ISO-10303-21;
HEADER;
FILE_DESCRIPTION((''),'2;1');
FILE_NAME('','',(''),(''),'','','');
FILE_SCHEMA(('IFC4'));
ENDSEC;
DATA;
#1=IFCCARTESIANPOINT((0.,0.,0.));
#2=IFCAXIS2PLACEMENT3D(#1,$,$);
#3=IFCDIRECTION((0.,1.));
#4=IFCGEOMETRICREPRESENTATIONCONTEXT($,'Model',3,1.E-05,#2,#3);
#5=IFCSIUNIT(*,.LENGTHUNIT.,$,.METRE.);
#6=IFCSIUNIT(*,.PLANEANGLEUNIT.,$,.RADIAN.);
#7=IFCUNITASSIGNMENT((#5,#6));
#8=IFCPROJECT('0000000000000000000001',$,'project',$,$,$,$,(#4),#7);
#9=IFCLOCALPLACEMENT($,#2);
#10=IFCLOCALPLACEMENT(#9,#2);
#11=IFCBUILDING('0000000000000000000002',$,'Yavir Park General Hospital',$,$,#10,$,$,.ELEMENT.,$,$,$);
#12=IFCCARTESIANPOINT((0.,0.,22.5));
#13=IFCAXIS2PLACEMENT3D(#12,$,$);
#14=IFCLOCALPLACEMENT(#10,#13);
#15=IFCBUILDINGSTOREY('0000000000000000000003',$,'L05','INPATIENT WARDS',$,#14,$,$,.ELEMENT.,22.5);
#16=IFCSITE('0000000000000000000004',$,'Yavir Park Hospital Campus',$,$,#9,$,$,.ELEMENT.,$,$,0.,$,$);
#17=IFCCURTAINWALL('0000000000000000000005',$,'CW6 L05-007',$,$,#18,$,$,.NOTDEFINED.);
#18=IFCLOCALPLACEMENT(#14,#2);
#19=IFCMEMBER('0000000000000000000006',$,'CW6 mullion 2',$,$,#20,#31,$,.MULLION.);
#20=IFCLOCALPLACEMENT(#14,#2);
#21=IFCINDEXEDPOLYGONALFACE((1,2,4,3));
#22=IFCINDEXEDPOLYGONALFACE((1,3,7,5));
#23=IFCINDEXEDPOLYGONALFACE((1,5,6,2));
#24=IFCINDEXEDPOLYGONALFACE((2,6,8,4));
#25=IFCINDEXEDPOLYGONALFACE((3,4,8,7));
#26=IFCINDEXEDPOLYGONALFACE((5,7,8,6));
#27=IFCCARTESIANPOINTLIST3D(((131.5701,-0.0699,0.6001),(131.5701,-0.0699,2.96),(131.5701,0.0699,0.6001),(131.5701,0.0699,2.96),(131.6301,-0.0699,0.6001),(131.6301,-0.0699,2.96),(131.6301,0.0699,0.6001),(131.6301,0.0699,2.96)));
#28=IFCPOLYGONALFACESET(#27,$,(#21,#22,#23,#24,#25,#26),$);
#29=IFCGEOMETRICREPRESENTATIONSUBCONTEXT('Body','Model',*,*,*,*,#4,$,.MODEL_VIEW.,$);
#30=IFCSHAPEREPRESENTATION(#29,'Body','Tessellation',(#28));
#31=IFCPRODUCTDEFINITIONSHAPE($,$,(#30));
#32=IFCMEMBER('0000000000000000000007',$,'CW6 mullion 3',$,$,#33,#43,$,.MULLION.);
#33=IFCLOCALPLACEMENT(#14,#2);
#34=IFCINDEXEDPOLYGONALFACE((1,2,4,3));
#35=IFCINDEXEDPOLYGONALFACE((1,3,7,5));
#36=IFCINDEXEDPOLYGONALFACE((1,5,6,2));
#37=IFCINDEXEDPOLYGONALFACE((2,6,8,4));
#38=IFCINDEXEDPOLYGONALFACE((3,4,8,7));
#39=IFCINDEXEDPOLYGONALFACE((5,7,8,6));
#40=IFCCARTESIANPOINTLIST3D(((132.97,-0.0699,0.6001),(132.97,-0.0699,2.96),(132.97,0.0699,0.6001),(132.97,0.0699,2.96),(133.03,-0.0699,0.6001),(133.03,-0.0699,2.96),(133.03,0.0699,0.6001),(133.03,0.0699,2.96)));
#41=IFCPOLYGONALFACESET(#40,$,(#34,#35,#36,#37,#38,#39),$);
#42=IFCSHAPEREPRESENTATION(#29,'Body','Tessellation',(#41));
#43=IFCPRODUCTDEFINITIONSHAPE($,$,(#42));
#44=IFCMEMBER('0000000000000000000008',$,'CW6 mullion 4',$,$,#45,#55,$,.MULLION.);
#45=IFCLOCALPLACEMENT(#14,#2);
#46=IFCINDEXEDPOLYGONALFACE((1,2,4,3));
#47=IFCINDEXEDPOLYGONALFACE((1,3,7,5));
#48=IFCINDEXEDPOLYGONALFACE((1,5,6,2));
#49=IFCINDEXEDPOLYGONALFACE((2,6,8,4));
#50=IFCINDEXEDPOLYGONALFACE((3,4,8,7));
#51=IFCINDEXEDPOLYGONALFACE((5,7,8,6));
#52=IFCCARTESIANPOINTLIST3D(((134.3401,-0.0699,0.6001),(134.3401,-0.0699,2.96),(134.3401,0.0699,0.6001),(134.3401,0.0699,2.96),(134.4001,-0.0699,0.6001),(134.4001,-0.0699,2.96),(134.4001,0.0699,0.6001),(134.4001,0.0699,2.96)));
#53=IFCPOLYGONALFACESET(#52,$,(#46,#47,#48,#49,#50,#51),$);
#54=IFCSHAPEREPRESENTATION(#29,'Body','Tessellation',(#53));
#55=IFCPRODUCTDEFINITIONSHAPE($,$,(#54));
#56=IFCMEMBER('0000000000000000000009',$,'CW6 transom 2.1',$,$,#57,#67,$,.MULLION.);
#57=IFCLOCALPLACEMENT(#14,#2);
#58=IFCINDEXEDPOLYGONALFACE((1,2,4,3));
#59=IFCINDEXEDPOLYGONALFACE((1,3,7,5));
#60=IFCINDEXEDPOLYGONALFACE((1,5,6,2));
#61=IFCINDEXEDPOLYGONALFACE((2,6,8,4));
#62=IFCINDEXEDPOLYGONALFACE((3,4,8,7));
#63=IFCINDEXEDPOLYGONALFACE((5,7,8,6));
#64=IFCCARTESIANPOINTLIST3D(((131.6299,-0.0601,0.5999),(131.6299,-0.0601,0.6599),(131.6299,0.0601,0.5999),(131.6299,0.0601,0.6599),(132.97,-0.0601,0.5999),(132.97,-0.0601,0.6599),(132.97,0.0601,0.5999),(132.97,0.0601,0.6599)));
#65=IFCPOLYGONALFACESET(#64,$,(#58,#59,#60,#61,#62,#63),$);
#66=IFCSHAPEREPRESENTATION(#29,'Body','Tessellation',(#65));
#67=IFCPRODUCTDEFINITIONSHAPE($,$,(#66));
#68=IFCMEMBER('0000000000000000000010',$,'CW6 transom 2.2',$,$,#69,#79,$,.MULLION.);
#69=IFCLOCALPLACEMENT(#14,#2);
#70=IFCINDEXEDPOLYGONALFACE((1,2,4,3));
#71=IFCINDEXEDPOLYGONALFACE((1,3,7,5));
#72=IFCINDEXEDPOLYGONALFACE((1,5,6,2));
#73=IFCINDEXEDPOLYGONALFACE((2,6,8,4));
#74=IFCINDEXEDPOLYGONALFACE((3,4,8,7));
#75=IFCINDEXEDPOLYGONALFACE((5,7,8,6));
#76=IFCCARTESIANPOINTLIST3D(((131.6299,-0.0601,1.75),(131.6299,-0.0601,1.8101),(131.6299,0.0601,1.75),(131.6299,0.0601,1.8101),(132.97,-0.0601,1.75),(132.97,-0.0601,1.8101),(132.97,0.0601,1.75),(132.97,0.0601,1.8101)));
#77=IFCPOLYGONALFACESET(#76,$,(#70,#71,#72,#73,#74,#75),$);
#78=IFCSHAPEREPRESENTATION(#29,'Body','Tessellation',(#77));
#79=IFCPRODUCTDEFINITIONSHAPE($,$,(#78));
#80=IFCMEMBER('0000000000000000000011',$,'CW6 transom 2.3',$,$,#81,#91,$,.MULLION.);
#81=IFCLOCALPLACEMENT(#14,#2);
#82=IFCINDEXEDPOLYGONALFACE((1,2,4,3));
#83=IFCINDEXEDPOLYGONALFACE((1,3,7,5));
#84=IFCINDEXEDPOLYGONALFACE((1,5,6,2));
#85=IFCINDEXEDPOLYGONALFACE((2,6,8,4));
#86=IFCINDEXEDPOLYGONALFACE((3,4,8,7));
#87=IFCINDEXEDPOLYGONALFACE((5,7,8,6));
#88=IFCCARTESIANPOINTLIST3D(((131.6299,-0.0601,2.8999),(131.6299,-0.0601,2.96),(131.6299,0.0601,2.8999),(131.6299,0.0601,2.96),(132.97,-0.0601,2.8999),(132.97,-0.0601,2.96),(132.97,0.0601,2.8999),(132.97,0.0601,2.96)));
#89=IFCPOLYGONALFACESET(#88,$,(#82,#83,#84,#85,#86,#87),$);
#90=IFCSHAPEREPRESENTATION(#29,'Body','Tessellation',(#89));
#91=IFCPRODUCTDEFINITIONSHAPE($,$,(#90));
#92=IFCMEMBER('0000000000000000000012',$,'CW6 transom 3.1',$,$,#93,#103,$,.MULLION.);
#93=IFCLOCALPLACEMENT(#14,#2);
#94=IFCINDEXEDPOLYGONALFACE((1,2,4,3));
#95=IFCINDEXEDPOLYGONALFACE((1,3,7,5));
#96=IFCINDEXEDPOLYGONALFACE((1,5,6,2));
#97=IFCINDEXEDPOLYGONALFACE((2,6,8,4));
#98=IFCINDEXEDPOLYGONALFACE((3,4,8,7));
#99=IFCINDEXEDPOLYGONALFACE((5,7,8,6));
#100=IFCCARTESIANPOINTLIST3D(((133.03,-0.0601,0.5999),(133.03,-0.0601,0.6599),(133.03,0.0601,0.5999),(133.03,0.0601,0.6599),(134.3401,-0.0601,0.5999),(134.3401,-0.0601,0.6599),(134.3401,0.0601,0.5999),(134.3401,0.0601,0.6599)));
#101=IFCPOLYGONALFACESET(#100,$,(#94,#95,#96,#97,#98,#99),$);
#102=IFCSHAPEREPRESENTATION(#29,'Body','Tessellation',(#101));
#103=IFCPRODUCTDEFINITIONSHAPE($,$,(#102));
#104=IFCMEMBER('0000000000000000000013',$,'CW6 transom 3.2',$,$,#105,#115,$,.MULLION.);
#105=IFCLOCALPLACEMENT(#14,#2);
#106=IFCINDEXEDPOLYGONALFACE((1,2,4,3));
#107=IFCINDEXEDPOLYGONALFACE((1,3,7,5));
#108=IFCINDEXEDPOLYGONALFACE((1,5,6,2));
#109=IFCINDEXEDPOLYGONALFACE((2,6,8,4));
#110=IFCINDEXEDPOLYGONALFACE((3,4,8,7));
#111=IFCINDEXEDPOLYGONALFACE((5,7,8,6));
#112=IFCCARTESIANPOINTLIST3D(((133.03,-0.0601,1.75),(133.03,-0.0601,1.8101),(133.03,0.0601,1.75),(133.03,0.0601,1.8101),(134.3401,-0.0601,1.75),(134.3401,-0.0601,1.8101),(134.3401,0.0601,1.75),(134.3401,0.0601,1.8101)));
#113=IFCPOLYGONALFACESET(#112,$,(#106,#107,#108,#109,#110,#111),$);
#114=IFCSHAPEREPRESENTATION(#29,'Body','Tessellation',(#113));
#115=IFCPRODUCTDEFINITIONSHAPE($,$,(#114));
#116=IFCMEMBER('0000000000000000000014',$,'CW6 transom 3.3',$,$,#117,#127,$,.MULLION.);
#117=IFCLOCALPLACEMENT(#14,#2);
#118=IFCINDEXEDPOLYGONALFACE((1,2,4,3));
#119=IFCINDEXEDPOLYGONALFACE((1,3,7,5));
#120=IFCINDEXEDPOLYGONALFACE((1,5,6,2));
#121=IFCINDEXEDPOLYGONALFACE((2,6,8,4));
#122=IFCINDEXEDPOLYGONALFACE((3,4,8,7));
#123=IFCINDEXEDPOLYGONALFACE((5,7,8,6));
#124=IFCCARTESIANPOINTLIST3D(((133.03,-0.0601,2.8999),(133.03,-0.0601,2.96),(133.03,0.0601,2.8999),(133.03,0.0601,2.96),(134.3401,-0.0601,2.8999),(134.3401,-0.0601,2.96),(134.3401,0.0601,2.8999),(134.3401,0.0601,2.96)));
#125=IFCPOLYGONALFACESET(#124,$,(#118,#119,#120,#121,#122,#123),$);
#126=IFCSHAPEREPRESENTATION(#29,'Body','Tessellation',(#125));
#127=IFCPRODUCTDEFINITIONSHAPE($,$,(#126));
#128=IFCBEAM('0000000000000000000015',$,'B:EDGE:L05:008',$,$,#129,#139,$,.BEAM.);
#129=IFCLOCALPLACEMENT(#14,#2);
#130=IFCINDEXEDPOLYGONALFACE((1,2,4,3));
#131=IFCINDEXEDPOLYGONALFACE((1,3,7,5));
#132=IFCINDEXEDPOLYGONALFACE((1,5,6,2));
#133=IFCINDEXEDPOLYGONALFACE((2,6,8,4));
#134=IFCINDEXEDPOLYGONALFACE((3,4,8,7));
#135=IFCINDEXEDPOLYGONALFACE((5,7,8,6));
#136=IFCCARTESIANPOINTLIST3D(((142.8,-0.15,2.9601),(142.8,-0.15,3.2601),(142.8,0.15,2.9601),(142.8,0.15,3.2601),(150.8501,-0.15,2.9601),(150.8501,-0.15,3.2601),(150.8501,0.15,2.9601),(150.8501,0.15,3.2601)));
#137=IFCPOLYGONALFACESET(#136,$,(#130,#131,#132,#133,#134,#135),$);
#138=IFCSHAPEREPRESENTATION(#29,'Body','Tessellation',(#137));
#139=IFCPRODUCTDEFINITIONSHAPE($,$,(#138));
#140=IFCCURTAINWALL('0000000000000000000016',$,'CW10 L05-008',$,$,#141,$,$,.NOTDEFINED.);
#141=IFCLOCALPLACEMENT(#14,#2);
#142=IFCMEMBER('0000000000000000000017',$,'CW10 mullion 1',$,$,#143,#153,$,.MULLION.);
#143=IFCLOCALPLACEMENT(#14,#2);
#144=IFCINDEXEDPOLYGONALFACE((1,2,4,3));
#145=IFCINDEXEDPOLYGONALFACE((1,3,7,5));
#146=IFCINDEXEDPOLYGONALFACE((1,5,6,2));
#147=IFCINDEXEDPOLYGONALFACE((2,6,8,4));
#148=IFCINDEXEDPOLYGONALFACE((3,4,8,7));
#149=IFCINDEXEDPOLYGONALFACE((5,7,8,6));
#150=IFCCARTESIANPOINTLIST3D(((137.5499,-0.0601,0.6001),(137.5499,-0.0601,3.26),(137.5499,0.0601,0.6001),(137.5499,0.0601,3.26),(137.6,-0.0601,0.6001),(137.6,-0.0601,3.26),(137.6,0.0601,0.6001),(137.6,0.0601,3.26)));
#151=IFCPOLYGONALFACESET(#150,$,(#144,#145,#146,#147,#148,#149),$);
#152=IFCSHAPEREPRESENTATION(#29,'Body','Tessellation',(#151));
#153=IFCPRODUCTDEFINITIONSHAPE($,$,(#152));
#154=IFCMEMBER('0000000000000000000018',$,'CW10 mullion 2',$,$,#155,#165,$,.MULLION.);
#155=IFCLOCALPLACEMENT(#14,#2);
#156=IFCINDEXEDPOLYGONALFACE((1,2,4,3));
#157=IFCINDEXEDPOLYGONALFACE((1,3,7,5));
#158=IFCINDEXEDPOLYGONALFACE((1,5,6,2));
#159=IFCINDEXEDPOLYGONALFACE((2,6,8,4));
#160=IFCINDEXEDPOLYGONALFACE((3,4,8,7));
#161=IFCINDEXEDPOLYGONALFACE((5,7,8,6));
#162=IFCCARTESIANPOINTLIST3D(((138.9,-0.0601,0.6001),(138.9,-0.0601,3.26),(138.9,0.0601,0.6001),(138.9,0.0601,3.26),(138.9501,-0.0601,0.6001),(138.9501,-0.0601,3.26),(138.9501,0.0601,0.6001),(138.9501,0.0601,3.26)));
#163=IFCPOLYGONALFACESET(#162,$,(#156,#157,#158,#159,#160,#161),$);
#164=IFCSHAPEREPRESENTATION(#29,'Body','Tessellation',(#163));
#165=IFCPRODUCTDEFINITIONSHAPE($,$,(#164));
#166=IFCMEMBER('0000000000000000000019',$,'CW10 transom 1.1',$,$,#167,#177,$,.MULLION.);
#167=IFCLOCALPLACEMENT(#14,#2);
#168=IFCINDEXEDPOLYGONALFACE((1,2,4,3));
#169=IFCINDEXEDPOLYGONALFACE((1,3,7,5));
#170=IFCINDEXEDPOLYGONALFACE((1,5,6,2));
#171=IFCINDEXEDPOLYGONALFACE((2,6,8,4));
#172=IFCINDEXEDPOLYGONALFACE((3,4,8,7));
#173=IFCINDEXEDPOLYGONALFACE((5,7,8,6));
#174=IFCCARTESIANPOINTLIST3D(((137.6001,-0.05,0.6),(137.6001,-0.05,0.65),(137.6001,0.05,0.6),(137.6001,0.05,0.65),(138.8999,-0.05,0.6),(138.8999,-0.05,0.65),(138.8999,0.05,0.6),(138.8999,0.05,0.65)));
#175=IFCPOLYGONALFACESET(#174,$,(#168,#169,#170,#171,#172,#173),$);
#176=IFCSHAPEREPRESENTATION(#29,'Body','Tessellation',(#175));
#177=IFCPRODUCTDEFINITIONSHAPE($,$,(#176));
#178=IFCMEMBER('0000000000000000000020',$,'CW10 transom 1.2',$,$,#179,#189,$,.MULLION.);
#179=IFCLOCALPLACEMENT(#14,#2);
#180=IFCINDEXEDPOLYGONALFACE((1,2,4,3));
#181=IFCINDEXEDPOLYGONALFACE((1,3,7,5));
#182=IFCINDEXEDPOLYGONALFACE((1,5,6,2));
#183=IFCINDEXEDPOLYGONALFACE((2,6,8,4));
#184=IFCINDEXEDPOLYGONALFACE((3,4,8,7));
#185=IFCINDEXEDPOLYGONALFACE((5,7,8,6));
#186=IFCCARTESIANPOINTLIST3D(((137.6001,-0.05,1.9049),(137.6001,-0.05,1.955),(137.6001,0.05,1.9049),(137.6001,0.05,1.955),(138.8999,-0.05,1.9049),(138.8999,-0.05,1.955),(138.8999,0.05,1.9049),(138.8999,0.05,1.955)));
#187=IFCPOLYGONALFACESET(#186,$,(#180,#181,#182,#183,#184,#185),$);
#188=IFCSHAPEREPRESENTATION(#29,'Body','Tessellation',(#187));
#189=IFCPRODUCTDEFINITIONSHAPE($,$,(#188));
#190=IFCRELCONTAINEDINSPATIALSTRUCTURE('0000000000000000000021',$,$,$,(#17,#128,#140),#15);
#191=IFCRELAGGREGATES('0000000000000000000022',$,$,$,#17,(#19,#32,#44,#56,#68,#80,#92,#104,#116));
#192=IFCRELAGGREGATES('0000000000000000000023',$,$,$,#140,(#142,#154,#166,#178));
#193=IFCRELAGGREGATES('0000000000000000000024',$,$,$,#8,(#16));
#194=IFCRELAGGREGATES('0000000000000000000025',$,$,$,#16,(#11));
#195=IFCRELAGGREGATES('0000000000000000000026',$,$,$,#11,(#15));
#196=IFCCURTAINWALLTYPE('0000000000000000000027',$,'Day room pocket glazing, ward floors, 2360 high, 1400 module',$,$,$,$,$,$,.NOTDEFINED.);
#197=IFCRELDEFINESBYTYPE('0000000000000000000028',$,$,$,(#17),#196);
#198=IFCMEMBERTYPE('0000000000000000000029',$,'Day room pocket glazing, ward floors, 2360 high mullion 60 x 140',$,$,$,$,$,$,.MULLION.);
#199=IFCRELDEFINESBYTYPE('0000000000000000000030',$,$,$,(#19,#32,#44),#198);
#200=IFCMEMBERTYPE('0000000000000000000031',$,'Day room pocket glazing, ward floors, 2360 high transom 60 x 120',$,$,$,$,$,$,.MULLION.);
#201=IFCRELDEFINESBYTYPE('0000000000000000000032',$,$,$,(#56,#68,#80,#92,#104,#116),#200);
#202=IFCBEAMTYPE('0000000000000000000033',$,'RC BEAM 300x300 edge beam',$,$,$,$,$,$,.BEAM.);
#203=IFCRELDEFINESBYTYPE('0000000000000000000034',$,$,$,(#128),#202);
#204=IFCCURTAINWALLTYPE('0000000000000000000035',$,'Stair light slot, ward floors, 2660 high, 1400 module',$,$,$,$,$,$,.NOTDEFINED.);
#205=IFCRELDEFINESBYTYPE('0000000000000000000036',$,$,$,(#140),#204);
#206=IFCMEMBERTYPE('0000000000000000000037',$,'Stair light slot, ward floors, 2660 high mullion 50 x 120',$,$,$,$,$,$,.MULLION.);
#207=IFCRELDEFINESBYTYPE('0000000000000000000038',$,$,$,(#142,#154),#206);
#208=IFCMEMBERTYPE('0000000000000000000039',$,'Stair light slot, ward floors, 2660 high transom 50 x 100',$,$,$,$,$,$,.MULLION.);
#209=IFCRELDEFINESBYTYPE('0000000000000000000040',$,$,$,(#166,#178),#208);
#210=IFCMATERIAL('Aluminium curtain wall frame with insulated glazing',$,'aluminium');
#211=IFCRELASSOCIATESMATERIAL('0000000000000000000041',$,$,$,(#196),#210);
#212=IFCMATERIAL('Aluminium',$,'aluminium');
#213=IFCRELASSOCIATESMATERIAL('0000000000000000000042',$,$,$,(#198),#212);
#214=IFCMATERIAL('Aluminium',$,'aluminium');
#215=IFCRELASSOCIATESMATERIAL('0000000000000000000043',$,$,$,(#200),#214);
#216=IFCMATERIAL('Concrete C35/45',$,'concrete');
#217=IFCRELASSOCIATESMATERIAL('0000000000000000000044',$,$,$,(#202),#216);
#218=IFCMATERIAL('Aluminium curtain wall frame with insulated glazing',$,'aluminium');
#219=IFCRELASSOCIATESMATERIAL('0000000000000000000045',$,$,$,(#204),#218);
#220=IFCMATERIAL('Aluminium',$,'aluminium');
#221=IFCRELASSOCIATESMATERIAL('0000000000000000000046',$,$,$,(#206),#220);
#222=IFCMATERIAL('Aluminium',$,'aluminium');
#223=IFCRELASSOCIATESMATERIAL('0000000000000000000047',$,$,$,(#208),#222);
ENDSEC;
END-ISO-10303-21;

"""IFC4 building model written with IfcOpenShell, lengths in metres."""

from ifc_helpers import new_model, si_unit, direction, frame, origin, origin_2d, place, context, subcontext, project, spatial, rectangle, extrude, material, material_profile, profile_set, type_object, element, aggregate, save


model = new_model("IFC4")

# Units and contexts
model_context = context("Model", 3, precision=1e-05, world=origin(), true_north=direction((0.0, 1.0)))
body_context = subcontext(model_context, "Body", "Model", "MODEL_VIEW")
ifc_project = project(units=[si_unit("LENGTHUNIT", "METRE"), si_unit("PLANEANGLEUNIT", "RADIAN")], contexts=[model_context])

# Site, building, storey
site_placement = place(None, origin())
site = spatial("IfcSite", under=ifc_project, at=site_placement, Name="Yavir Park Hospital Campus", CompositionType="ELEMENT", RefElevation=0.0)
building_placement = place(site_placement, origin())
building = spatial("IfcBuilding", under=site, at=building_placement, Name="Yavir Park General Hospital", CompositionType="ELEMENT")
storey_placement = place(building_placement, frame((0.0, 0.0, 22.5)))
storey = spatial("IfcBuildingStorey", under=building, at=storey_placement, Name="L05", Description="INPATIENT WARDS", CompositionType="ELEMENT", Elevation=22.5)

# Curtain wall, members
ifc_material_1 = material(Name="Aluminium curtain wall frame with insulated glazing", Category="aluminium")
curtain_wall_type_1 = type_object("IfcCurtainWallType", Name="Day room pocket glazing, ward floors, 2360 high, 1400 module", PredefinedType="NOTDEFINED", material=ifc_material_1)
curtain_wall_1_placement = place(storey_placement, origin())
curtain_wall_1 = element("IfcCurtainWall", 1, at=curtain_wall_1_placement, inside=storey, type_object=curtain_wall_type_1, Name="CW6 L05-007", PredefinedType="NOTDEFINED")
ifc_material_2 = material(Name="Aluminium", Category="aluminium")
ifc_material_profile_1 = material_profile(ifc_material_2, rectangle(XDim=0.1399, YDim=0.0601, at=origin_2d()), Name="AL 60x140")
ifc_profile_set_1 = profile_set([ifc_material_profile_1], Name="Aluminium")
member_type_1 = type_object("IfcMemberType", Name="Day room pocket glazing, ward floors, 2360 high mullion 60 x 140", PredefinedType="MULLION", material=ifc_profile_set_1)
member_1_placement = place(storey_placement, frame((131.6001, 0.0, 0.6001), z_axis=(0.0, 0.0, 1.0), x_axis=(0.0, 1.0, 0.0)))
member_1 = element("IfcMember", 2, at=member_1_placement, type_object=member_type_1, Name="CW6 mullion 2", PredefinedType="MULLION", context=body_context, shape_type="SweptSolid", body=[
    extrude(rectangle(XDim=0.1399, YDim=0.0601, at=origin_2d()), origin(), (0.0, 0.0, 1.0), 2.3599),
])
member_2_placement = place(storey_placement, frame((133.0, 0.0, 0.6001), z_axis=(0.0, 0.0, 1.0), x_axis=(0.0, 1.0, 0.0)))
member_2 = element("IfcMember", 3, at=member_2_placement, type_object=member_type_1, Name="CW6 mullion 3", PredefinedType="MULLION", context=body_context, shape_type="SweptSolid", body=[
    extrude(rectangle(XDim=0.1399, YDim=0.0601, at=origin_2d()), origin(), (0.0, 0.0, 1.0), 2.3599),
])
member_3_placement = place(storey_placement, frame((134.3701, 0.0, 0.6001), z_axis=(0.0, 0.0, 1.0), x_axis=(0.0, 1.0, 0.0)))
member_3 = element("IfcMember", 4, at=member_3_placement, type_object=member_type_1, Name="CW6 mullion 4", PredefinedType="MULLION", context=body_context, shape_type="SweptSolid", body=[
    extrude(rectangle(XDim=0.1399, YDim=0.0601, at=origin_2d()), origin(), (0.0, 0.0, 1.0), 2.3599),
])
ifc_material_3 = material(Name="Aluminium", Category="aluminium")
ifc_material_profile_2 = material_profile(ifc_material_3, rectangle(XDim=0.1201, YDim=0.0601, at=origin_2d()), Name="AL 120x60")
ifc_profile_set_2 = profile_set([ifc_material_profile_2], Name="Aluminium")
member_type_2 = type_object("IfcMemberType", Name="Day room pocket glazing, ward floors, 2360 high transom 60 x 120", PredefinedType="MULLION", material=ifc_profile_set_2)
member_4_placement = place(storey_placement, frame((131.6299, 0.0, 0.6299), z_axis=(1.0, 0.0, 0.0), x_axis=(0.0, 1.0, 0.0)))
member_4 = element("IfcMember", 5, at=member_4_placement, type_object=member_type_2, Name="CW6 transom 2.1", PredefinedType="MULLION", context=body_context, shape_type="SweptSolid", body=[
    extrude(rectangle(XDim=0.1201, YDim=0.0601, at=origin_2d()), origin(), (0.0, 0.0, 1.0), 1.3401),
])
member_5_placement = place(storey_placement, frame((131.6299, 0.0, 1.78), z_axis=(1.0, 0.0, 0.0), x_axis=(0.0, 1.0, 0.0)))
member_5 = element("IfcMember", 6, at=member_5_placement, type_object=member_type_2, Name="CW6 transom 2.2", PredefinedType="MULLION", context=body_context, shape_type="SweptSolid", body=[
    extrude(rectangle(XDim=0.1201, YDim=0.0601, at=origin_2d()), origin(), (0.0, 0.0, 1.0), 1.3401),
])
member_6_placement = place(storey_placement, frame((131.6299, 0.0, 2.9299), z_axis=(1.0, 0.0, 0.0), x_axis=(0.0, 1.0, 0.0)))
member_6 = element("IfcMember", 7, at=member_6_placement, type_object=member_type_2, Name="CW6 transom 2.3", PredefinedType="MULLION", context=body_context, shape_type="SweptSolid", body=[
    extrude(rectangle(XDim=0.1201, YDim=0.0601, at=origin_2d()), origin(), (0.0, 0.0, 1.0), 1.3401),
])
member_7_placement = place(storey_placement, frame((133.03, 0.0, 0.6299), z_axis=(1.0, 0.0, 0.0), x_axis=(0.0, 1.0, 0.0)))
member_7 = element("IfcMember", 8, at=member_7_placement, type_object=member_type_2, Name="CW6 transom 3.1", PredefinedType="MULLION", context=body_context, shape_type="SweptSolid", body=[
    extrude(rectangle(XDim=0.1201, YDim=0.0601, at=origin_2d()), origin(), (0.0, 0.0, 1.0), 1.3101),
])
member_8_placement = place(storey_placement, frame((133.03, 0.0, 1.78), z_axis=(1.0, 0.0, 0.0), x_axis=(0.0, 1.0, 0.0)))
member_8 = element("IfcMember", 9, at=member_8_placement, type_object=member_type_2, Name="CW6 transom 3.2", PredefinedType="MULLION", context=body_context, shape_type="SweptSolid", body=[
    extrude(rectangle(XDim=0.1201, YDim=0.0601, at=origin_2d()), origin(), (0.0, 0.0, 1.0), 1.3101),
])
member_9_placement = place(storey_placement, frame((133.03, 0.0, 2.9299), z_axis=(1.0, 0.0, 0.0), x_axis=(0.0, 1.0, 0.0)))
member_9 = element("IfcMember", 10, at=member_9_placement, type_object=member_type_2, Name="CW6 transom 3.3", PredefinedType="MULLION", context=body_context, shape_type="SweptSolid", body=[
    extrude(rectangle(XDim=0.1201, YDim=0.0601, at=origin_2d()), origin(), (0.0, 0.0, 1.0), 1.3101),
])

# Beam
ifc_material_4 = material(Name="Concrete C35/45", Category="concrete")
ifc_material_profile_3 = material_profile(ifc_material_4, rectangle(XDim=0.3, YDim=0.3, at=origin_2d()), Name="RC300x300")
ifc_profile_set_3 = profile_set([ifc_material_profile_3], Name="Concrete C35/45")
beam_type = type_object("IfcBeamType", Name="RC BEAM 300x300 edge beam", PredefinedType="BEAM", material=ifc_profile_set_3)
beam_placement = place(storey_placement, frame((142.8, 0.0, 3.1101), z_axis=(1.0, 0.0, 0.0), x_axis=(0.0, 1.0, 0.0)))
element("IfcBeam", 11, at=beam_placement, inside=storey, type_object=beam_type, Name="B:EDGE:L05:008", PredefinedType="BEAM", context=body_context, shape_type="SweptSolid", body=[
    extrude(rectangle(XDim=0.3, YDim=0.3, at=origin_2d()), origin(), (0.0, 0.0, 1.0), 8.05),
])

# Curtain wall, members
ifc_material_5 = material(Name="Aluminium curtain wall frame with insulated glazing", Category="aluminium")
curtain_wall_type_2 = type_object("IfcCurtainWallType", Name="Stair light slot, ward floors, 2660 high, 1400 module", PredefinedType="NOTDEFINED", material=ifc_material_5)
curtain_wall_2_placement = place(storey_placement, origin())
curtain_wall_2 = element("IfcCurtainWall", 12, at=curtain_wall_2_placement, inside=storey, type_object=curtain_wall_type_2, Name="CW10 L05-008", PredefinedType="NOTDEFINED")
ifc_material_6 = material(Name="Aluminium", Category="aluminium")
ifc_material_profile_4 = material_profile(ifc_material_6, rectangle(XDim=0.1201, YDim=0.05, at=origin_2d()), Name="AL 50x120")
ifc_profile_set_4 = profile_set([ifc_material_profile_4], Name="Aluminium")
member_type_3 = type_object("IfcMemberType", Name="Stair light slot, ward floors, 2660 high mullion 50 x 120", PredefinedType="MULLION", material=ifc_profile_set_4)
member_10_placement = place(storey_placement, frame((137.575, 0.0, 0.6001), z_axis=(0.0, 0.0, 1.0), x_axis=(0.0, 1.0, 0.0)))
member_10 = element("IfcMember", 13, at=member_10_placement, type_object=member_type_3, Name="CW10 mullion 1", PredefinedType="MULLION", context=body_context, shape_type="SweptSolid", body=[
    extrude(rectangle(XDim=0.1201, YDim=0.05, at=origin_2d()), origin(), (0.0, 0.0, 1.0), 2.6599),
])
member_11_placement = place(storey_placement, frame((138.925, 0.0, 0.6001), z_axis=(0.0, 0.0, 1.0), x_axis=(0.0, 1.0, 0.0)))
member_11 = element("IfcMember", 14, at=member_11_placement, type_object=member_type_3, Name="CW10 mullion 2", PredefinedType="MULLION", context=body_context, shape_type="SweptSolid", body=[
    extrude(rectangle(XDim=0.1201, YDim=0.05, at=origin_2d()), origin(), (0.0, 0.0, 1.0), 2.6599),
])
ifc_material_7 = material(Name="Aluminium", Category="aluminium")
ifc_material_profile_5 = material_profile(ifc_material_7, rectangle(XDim=0.1001, YDim=0.05, at=origin_2d()), Name="AL 100x50")
ifc_profile_set_5 = profile_set([ifc_material_profile_5], Name="Aluminium")
member_type_4 = type_object("IfcMemberType", Name="Stair light slot, ward floors, 2660 high transom 50 x 100", PredefinedType="MULLION", material=ifc_profile_set_5)
member_12_placement = place(storey_placement, frame((137.6001, 0.0, 0.625), z_axis=(1.0, 0.0, 0.0), x_axis=(0.0, 1.0, 0.0)))
member_12 = element("IfcMember", 15, at=member_12_placement, type_object=member_type_4, Name="CW10 transom 1.1", PredefinedType="MULLION", context=body_context, shape_type="SweptSolid", body=[
    extrude(rectangle(XDim=0.1001, YDim=0.05, at=origin_2d()), origin(), (0.0, 0.0, 1.0), 1.2998),
])
member_13_placement = place(storey_placement, frame((137.6001, 0.0, 1.9299), z_axis=(1.0, 0.0, 0.0), x_axis=(0.0, 1.0, 0.0)))
member_13 = element("IfcMember", 16, at=member_13_placement, type_object=member_type_4, Name="CW10 transom 1.2", PredefinedType="MULLION", context=body_context, shape_type="SweptSolid", body=[
    extrude(rectangle(XDim=0.1001, YDim=0.05, at=origin_2d()), origin(), (0.0, 0.0, 1.0), 1.2998),
])

aggregate(curtain_wall_1, [member_1, member_2, member_3, member_4, member_5, member_6, member_7, member_8, member_9])
aggregate(curtain_wall_2, [member_10, member_11, member_12, member_13])

save(model, "model.ifc")
